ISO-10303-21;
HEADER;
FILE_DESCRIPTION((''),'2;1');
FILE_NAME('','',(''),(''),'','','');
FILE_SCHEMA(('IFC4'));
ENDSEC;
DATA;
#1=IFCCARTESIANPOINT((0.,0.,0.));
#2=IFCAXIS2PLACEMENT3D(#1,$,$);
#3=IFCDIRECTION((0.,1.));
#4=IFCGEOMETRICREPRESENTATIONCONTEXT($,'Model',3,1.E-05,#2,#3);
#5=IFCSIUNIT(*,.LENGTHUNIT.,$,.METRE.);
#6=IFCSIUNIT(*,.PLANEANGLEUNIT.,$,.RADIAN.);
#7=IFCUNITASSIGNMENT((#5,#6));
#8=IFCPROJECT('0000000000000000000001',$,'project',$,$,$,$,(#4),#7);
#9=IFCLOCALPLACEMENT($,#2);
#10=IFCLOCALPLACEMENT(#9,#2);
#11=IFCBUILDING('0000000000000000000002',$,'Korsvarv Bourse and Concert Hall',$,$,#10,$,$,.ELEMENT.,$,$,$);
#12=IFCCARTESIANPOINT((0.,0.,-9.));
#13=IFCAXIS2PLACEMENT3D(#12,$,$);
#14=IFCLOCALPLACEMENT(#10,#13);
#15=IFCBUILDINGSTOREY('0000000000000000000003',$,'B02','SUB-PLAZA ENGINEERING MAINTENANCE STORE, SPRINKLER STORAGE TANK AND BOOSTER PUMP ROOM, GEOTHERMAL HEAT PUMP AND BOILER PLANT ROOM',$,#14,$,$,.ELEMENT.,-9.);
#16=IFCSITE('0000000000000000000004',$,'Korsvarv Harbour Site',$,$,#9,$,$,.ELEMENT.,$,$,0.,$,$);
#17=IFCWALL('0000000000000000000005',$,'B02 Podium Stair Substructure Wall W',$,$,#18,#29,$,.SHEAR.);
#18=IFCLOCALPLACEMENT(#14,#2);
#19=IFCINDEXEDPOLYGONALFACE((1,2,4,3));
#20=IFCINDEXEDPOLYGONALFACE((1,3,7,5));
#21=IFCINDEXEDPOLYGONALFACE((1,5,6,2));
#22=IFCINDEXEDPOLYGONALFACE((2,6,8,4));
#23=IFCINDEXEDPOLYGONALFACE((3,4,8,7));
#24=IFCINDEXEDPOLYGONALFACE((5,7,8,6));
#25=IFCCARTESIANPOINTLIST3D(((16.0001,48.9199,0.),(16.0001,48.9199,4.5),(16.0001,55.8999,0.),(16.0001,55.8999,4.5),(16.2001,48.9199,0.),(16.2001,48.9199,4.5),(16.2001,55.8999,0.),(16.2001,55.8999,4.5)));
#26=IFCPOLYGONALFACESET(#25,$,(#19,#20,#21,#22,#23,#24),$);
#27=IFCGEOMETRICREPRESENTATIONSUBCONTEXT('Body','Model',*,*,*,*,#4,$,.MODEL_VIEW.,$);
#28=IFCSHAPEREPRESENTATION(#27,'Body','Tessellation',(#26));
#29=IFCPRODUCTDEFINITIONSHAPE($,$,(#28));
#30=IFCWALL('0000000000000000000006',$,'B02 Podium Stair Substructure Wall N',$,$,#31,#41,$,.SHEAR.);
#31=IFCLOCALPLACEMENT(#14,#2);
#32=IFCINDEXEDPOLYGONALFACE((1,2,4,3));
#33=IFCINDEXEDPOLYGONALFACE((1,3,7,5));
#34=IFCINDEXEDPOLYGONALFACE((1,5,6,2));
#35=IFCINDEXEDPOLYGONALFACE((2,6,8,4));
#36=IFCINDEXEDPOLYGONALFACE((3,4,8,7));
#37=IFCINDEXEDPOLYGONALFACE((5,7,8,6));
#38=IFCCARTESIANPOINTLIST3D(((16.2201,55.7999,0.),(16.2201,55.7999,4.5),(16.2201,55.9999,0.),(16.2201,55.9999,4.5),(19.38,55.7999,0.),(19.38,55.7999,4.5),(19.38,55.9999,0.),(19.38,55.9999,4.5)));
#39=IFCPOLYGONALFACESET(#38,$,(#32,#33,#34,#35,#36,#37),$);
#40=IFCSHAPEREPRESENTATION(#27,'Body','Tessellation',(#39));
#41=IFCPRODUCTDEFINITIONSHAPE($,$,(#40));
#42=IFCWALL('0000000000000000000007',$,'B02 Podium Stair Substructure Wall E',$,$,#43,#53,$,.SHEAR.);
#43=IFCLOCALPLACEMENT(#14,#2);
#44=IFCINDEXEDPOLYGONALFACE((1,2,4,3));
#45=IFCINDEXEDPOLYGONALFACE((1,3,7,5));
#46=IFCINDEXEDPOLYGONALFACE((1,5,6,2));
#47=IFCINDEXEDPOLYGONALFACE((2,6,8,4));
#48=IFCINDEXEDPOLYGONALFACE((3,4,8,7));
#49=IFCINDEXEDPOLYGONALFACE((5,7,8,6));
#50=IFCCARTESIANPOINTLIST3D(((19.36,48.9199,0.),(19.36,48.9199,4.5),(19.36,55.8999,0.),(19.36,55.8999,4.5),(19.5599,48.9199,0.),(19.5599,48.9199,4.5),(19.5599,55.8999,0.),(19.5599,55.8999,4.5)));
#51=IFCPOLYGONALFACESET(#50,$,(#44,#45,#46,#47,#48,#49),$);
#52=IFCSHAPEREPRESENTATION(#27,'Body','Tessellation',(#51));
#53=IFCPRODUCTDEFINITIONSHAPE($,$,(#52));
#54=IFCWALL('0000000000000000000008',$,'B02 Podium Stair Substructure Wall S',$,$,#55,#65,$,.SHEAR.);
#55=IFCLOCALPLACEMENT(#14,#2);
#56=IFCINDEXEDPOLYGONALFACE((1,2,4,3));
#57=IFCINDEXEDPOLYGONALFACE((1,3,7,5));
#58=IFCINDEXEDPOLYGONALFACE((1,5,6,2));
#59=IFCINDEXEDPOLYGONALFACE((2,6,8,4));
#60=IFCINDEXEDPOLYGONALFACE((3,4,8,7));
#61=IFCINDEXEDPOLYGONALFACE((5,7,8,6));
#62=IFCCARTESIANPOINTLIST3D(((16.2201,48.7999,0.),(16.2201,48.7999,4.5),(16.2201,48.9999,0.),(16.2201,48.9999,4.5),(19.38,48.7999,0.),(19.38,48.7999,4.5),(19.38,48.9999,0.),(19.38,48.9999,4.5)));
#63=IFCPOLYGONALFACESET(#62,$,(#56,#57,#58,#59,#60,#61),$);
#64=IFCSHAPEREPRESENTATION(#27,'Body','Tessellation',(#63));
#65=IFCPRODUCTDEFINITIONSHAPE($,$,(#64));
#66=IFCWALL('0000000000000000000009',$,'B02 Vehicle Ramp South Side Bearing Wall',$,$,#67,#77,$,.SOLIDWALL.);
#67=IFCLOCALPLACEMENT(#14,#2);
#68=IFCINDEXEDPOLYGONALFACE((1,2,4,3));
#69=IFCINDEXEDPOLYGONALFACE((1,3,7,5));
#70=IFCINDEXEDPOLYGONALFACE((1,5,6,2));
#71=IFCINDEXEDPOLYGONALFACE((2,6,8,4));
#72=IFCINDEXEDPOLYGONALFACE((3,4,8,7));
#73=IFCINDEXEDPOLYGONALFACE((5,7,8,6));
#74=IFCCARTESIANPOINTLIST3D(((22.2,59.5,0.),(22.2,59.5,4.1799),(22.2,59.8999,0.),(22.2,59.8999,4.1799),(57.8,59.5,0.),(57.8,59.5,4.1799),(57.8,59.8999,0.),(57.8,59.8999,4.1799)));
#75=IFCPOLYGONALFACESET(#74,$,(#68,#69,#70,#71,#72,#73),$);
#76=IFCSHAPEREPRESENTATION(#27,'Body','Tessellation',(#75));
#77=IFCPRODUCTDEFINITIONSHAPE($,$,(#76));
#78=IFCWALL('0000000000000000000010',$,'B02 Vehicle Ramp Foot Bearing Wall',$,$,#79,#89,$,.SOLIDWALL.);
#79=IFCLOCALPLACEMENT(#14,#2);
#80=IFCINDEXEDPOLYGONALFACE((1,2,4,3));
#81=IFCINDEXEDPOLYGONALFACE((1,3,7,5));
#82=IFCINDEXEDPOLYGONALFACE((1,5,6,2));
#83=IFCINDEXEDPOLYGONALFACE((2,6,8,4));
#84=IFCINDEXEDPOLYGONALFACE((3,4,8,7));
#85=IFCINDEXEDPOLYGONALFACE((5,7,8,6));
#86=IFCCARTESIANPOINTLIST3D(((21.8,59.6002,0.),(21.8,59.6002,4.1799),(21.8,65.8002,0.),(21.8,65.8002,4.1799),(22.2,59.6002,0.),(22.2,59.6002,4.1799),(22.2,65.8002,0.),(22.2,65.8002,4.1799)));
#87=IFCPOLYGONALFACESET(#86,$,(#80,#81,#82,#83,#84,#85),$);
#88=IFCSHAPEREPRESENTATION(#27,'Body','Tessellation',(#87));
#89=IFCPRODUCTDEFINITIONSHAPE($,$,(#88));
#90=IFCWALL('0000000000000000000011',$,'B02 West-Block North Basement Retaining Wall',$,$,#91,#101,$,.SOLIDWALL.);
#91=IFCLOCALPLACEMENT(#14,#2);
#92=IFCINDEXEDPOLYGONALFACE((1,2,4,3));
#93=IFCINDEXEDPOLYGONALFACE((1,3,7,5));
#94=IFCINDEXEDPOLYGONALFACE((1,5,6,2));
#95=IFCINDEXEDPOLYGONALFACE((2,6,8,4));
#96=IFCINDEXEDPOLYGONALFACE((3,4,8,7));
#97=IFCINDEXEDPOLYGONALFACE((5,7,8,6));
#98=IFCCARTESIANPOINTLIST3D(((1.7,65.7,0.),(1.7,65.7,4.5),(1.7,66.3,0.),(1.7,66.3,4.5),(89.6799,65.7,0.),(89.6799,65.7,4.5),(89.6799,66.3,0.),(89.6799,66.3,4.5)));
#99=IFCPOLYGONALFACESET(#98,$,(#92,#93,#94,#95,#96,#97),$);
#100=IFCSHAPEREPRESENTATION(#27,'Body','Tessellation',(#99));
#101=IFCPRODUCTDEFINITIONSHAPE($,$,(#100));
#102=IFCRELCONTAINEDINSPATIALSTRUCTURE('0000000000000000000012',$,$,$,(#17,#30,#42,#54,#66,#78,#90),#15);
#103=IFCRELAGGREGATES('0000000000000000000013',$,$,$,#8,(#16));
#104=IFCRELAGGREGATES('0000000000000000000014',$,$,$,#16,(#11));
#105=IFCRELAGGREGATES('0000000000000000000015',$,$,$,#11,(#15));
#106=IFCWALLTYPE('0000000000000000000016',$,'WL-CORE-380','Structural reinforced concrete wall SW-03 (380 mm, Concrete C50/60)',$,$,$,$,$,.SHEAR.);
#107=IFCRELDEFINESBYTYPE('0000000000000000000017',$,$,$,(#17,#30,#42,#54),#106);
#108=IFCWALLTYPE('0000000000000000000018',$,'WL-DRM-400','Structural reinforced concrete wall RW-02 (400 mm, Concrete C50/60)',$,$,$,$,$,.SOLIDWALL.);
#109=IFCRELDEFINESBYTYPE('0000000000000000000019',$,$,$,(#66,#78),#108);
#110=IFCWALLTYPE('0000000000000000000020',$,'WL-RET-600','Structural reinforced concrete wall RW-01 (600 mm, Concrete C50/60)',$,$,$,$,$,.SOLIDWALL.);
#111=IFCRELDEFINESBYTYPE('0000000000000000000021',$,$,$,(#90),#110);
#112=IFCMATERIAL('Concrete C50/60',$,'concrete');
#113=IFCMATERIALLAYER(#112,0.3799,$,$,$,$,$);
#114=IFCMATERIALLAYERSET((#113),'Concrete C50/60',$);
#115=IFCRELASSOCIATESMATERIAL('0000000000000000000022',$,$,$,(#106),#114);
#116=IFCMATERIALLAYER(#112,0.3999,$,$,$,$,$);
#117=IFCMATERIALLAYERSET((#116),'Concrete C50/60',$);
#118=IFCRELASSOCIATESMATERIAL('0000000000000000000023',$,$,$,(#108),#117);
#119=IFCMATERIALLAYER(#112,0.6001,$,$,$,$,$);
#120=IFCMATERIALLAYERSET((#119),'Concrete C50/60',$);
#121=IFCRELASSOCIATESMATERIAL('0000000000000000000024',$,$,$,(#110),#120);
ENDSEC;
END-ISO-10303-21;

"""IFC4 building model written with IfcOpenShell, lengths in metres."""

from ifc_helpers import new_model, si_unit, direction, frame, frame_2d, origin, place, context, subcontext, project, spatial, rectangle, extrude, material, layer, layer_set, type_object, element, save


model = new_model("IFC4")

# Units and contexts
model_context = context("Model", 3, precision=1e-05, world=origin(), true_north=direction((0.0, 1.0)))
body_context = subcontext(model_context, "Body", "Model", "MODEL_VIEW")
ifc_project = project(units=[si_unit("LENGTHUNIT", "METRE"), si_unit("PLANEANGLEUNIT", "RADIAN")], contexts=[model_context])

# Site, building, storey
site_placement = place(None, origin())
site = spatial("IfcSite", under=ifc_project, at=site_placement, Name="Korsvarv Harbour Site", CompositionType="ELEMENT", RefElevation=0.0)
building_placement = place(site_placement, origin())
building = spatial("IfcBuilding", under=site, at=building_placement, Name="Korsvarv Bourse and Concert Hall", CompositionType="ELEMENT")
storey_placement = place(building_placement, frame((0.0, 0.0, -9.0)))
storey = spatial("IfcBuildingStorey", under=building, at=storey_placement, Name="B02", Description="SUB-PLAZA ENGINEERING MAINTENANCE STORE, SPRINKLER STORAGE TANK AND BOOSTER PUMP ROOM, GEOTHERMAL HEAT PUMP AND BOILER PLANT ROOM", CompositionType="ELEMENT", Elevation=-9.0)

# Walls
ifc_material_1 = material(Name="Concrete C50/60", Category="concrete")
ifc_layer_1 = layer(ifc_material_1, 0.3799)
ifc_layer_set_1 = layer_set([ifc_layer_1], Name="Concrete C50/60")
wall_type_1 = type_object("IfcWallType", Name="WL-CORE-380", Description="Structural reinforced concrete wall SW-03 (380 mm, Concrete C50/60)", PredefinedType="SHEAR", material=ifc_layer_set_1)
wall_1_placement = place(storey_placement, frame((16.1001, 48.9199, 0.0), z_axis=(0.0, 0.0, 1.0), x_axis=(0.0, 1.0, 0.0)))
element("IfcWall", 1, at=wall_1_placement, inside=storey, type_object=wall_type_1, Name="B02 Podium Stair Substructure Wall W", PredefinedType="SHEAR", context=body_context, shape_type="SweptSolid", body=[
    extrude(rectangle(XDim=6.98, YDim=0.2, at=frame_2d((3.49, 0.0))), origin(), (0.0, 0.0, 1.0), 4.5),
])
wall_2_placement = place(storey_placement, frame((16.22, 55.8999, 0.0), z_axis=(0.0, 0.0, 1.0), x_axis=(1.0, 0.0, 0.0)))
element("IfcWall", 2, at=wall_2_placement, inside=storey, type_object=wall_type_1, Name="B02 Podium Stair Substructure Wall N", PredefinedType="SHEAR", context=body_context, shape_type="SweptSolid", body=[
    extrude(rectangle(XDim=3.1599, YDim=0.2, at=frame_2d((1.5801, 0.0))), origin(), (0.0, 0.0, 1.0), 4.5),
])
wall_3_placement = place(storey_placement, frame((19.46, 48.9199, 0.0), z_axis=(0.0, 0.0, 1.0), x_axis=(0.0, 1.0, 0.0)))
element("IfcWall", 3, at=wall_3_placement, inside=storey, type_object=wall_type_1, Name="B02 Podium Stair Substructure Wall E", PredefinedType="SHEAR", context=body_context, shape_type="SweptSolid", body=[
    extrude(rectangle(XDim=6.98, YDim=0.2, at=frame_2d((3.49, 0.0))), origin(), (0.0, 0.0, 1.0), 4.5),
])
wall_4_placement = place(storey_placement, frame((16.22, 48.8999, 0.0), z_axis=(0.0, 0.0, 1.0), x_axis=(1.0, 0.0, 0.0)))
element("IfcWall", 4, at=wall_4_placement, inside=storey, type_object=wall_type_1, Name="B02 Podium Stair Substructure Wall S", PredefinedType="SHEAR", context=body_context, shape_type="SweptSolid", body=[
    extrude(rectangle(XDim=3.1599, YDim=0.2, at=frame_2d((1.5801, 0.0))), origin(), (0.0, 0.0, 1.0), 4.5),
])
ifc_layer_2 = layer(ifc_material_1, 0.3999)
ifc_layer_set_2 = layer_set([ifc_layer_2], Name="Concrete C50/60")
wall_type_2 = type_object("IfcWallType", Name="WL-DRM-400", Description="Structural reinforced concrete wall RW-02 (400 mm, Concrete C50/60)", PredefinedType="SOLIDWALL", material=ifc_layer_set_2)
wall_5_placement = place(storey_placement, frame((22.2, 59.7, 0.0), z_axis=(0.0, 0.0, 1.0), x_axis=(1.0, 0.0, 0.0)))
element("IfcWall", 5, at=wall_5_placement, inside=storey, type_object=wall_type_2, Name="B02 Vehicle Ramp South Side Bearing Wall", PredefinedType="SOLIDWALL", context=body_context, shape_type="SweptSolid", body=[
    extrude(rectangle(XDim=35.6001, YDim=0.3999, at=frame_2d((17.8, 0.0))), origin(), (0.0, 0.0, 1.0), 4.1799),
])
wall_6_placement = place(storey_placement, frame((22.0, 59.6001, 0.0), z_axis=(0.0, 0.0, 1.0), x_axis=(0.0, 1.0, 0.0)))
element("IfcWall", 6, at=wall_6_placement, inside=storey, type_object=wall_type_2, Name="B02 Vehicle Ramp Foot Bearing Wall", PredefinedType="SOLIDWALL", context=body_context, shape_type="SweptSolid", body=[
    extrude(rectangle(XDim=6.2, YDim=0.3999, at=frame_2d((3.1001, 0.0))), origin(), (0.0, 0.0, 1.0), 4.1799),
])
ifc_layer_3 = layer(ifc_material_1, 0.6001)
ifc_layer_set_3 = layer_set([ifc_layer_3], Name="Concrete C50/60")
wall_type_3 = type_object("IfcWallType", Name="WL-RET-600", Description="Structural reinforced concrete wall RW-01 (600 mm, Concrete C50/60)", PredefinedType="SOLIDWALL", material=ifc_layer_set_3)
wall_7_placement = place(storey_placement, frame((1.7, 66.0, 0.0), z_axis=(0.0, 0.0, 1.0), x_axis=(1.0, 0.0, 0.0)))
element("IfcWall", 7, at=wall_7_placement, inside=storey, type_object=wall_type_3, Name="B02 West-Block North Basement Retaining Wall", PredefinedType="SOLIDWALL", context=body_context, shape_type="SweptSolid", body=[
    extrude(rectangle(XDim=87.98, YDim=0.6001, at=frame_2d((43.99, 0.0))), origin(), (0.0, 0.0, 1.0), 4.5),
])

save(model, "model.ifc")
